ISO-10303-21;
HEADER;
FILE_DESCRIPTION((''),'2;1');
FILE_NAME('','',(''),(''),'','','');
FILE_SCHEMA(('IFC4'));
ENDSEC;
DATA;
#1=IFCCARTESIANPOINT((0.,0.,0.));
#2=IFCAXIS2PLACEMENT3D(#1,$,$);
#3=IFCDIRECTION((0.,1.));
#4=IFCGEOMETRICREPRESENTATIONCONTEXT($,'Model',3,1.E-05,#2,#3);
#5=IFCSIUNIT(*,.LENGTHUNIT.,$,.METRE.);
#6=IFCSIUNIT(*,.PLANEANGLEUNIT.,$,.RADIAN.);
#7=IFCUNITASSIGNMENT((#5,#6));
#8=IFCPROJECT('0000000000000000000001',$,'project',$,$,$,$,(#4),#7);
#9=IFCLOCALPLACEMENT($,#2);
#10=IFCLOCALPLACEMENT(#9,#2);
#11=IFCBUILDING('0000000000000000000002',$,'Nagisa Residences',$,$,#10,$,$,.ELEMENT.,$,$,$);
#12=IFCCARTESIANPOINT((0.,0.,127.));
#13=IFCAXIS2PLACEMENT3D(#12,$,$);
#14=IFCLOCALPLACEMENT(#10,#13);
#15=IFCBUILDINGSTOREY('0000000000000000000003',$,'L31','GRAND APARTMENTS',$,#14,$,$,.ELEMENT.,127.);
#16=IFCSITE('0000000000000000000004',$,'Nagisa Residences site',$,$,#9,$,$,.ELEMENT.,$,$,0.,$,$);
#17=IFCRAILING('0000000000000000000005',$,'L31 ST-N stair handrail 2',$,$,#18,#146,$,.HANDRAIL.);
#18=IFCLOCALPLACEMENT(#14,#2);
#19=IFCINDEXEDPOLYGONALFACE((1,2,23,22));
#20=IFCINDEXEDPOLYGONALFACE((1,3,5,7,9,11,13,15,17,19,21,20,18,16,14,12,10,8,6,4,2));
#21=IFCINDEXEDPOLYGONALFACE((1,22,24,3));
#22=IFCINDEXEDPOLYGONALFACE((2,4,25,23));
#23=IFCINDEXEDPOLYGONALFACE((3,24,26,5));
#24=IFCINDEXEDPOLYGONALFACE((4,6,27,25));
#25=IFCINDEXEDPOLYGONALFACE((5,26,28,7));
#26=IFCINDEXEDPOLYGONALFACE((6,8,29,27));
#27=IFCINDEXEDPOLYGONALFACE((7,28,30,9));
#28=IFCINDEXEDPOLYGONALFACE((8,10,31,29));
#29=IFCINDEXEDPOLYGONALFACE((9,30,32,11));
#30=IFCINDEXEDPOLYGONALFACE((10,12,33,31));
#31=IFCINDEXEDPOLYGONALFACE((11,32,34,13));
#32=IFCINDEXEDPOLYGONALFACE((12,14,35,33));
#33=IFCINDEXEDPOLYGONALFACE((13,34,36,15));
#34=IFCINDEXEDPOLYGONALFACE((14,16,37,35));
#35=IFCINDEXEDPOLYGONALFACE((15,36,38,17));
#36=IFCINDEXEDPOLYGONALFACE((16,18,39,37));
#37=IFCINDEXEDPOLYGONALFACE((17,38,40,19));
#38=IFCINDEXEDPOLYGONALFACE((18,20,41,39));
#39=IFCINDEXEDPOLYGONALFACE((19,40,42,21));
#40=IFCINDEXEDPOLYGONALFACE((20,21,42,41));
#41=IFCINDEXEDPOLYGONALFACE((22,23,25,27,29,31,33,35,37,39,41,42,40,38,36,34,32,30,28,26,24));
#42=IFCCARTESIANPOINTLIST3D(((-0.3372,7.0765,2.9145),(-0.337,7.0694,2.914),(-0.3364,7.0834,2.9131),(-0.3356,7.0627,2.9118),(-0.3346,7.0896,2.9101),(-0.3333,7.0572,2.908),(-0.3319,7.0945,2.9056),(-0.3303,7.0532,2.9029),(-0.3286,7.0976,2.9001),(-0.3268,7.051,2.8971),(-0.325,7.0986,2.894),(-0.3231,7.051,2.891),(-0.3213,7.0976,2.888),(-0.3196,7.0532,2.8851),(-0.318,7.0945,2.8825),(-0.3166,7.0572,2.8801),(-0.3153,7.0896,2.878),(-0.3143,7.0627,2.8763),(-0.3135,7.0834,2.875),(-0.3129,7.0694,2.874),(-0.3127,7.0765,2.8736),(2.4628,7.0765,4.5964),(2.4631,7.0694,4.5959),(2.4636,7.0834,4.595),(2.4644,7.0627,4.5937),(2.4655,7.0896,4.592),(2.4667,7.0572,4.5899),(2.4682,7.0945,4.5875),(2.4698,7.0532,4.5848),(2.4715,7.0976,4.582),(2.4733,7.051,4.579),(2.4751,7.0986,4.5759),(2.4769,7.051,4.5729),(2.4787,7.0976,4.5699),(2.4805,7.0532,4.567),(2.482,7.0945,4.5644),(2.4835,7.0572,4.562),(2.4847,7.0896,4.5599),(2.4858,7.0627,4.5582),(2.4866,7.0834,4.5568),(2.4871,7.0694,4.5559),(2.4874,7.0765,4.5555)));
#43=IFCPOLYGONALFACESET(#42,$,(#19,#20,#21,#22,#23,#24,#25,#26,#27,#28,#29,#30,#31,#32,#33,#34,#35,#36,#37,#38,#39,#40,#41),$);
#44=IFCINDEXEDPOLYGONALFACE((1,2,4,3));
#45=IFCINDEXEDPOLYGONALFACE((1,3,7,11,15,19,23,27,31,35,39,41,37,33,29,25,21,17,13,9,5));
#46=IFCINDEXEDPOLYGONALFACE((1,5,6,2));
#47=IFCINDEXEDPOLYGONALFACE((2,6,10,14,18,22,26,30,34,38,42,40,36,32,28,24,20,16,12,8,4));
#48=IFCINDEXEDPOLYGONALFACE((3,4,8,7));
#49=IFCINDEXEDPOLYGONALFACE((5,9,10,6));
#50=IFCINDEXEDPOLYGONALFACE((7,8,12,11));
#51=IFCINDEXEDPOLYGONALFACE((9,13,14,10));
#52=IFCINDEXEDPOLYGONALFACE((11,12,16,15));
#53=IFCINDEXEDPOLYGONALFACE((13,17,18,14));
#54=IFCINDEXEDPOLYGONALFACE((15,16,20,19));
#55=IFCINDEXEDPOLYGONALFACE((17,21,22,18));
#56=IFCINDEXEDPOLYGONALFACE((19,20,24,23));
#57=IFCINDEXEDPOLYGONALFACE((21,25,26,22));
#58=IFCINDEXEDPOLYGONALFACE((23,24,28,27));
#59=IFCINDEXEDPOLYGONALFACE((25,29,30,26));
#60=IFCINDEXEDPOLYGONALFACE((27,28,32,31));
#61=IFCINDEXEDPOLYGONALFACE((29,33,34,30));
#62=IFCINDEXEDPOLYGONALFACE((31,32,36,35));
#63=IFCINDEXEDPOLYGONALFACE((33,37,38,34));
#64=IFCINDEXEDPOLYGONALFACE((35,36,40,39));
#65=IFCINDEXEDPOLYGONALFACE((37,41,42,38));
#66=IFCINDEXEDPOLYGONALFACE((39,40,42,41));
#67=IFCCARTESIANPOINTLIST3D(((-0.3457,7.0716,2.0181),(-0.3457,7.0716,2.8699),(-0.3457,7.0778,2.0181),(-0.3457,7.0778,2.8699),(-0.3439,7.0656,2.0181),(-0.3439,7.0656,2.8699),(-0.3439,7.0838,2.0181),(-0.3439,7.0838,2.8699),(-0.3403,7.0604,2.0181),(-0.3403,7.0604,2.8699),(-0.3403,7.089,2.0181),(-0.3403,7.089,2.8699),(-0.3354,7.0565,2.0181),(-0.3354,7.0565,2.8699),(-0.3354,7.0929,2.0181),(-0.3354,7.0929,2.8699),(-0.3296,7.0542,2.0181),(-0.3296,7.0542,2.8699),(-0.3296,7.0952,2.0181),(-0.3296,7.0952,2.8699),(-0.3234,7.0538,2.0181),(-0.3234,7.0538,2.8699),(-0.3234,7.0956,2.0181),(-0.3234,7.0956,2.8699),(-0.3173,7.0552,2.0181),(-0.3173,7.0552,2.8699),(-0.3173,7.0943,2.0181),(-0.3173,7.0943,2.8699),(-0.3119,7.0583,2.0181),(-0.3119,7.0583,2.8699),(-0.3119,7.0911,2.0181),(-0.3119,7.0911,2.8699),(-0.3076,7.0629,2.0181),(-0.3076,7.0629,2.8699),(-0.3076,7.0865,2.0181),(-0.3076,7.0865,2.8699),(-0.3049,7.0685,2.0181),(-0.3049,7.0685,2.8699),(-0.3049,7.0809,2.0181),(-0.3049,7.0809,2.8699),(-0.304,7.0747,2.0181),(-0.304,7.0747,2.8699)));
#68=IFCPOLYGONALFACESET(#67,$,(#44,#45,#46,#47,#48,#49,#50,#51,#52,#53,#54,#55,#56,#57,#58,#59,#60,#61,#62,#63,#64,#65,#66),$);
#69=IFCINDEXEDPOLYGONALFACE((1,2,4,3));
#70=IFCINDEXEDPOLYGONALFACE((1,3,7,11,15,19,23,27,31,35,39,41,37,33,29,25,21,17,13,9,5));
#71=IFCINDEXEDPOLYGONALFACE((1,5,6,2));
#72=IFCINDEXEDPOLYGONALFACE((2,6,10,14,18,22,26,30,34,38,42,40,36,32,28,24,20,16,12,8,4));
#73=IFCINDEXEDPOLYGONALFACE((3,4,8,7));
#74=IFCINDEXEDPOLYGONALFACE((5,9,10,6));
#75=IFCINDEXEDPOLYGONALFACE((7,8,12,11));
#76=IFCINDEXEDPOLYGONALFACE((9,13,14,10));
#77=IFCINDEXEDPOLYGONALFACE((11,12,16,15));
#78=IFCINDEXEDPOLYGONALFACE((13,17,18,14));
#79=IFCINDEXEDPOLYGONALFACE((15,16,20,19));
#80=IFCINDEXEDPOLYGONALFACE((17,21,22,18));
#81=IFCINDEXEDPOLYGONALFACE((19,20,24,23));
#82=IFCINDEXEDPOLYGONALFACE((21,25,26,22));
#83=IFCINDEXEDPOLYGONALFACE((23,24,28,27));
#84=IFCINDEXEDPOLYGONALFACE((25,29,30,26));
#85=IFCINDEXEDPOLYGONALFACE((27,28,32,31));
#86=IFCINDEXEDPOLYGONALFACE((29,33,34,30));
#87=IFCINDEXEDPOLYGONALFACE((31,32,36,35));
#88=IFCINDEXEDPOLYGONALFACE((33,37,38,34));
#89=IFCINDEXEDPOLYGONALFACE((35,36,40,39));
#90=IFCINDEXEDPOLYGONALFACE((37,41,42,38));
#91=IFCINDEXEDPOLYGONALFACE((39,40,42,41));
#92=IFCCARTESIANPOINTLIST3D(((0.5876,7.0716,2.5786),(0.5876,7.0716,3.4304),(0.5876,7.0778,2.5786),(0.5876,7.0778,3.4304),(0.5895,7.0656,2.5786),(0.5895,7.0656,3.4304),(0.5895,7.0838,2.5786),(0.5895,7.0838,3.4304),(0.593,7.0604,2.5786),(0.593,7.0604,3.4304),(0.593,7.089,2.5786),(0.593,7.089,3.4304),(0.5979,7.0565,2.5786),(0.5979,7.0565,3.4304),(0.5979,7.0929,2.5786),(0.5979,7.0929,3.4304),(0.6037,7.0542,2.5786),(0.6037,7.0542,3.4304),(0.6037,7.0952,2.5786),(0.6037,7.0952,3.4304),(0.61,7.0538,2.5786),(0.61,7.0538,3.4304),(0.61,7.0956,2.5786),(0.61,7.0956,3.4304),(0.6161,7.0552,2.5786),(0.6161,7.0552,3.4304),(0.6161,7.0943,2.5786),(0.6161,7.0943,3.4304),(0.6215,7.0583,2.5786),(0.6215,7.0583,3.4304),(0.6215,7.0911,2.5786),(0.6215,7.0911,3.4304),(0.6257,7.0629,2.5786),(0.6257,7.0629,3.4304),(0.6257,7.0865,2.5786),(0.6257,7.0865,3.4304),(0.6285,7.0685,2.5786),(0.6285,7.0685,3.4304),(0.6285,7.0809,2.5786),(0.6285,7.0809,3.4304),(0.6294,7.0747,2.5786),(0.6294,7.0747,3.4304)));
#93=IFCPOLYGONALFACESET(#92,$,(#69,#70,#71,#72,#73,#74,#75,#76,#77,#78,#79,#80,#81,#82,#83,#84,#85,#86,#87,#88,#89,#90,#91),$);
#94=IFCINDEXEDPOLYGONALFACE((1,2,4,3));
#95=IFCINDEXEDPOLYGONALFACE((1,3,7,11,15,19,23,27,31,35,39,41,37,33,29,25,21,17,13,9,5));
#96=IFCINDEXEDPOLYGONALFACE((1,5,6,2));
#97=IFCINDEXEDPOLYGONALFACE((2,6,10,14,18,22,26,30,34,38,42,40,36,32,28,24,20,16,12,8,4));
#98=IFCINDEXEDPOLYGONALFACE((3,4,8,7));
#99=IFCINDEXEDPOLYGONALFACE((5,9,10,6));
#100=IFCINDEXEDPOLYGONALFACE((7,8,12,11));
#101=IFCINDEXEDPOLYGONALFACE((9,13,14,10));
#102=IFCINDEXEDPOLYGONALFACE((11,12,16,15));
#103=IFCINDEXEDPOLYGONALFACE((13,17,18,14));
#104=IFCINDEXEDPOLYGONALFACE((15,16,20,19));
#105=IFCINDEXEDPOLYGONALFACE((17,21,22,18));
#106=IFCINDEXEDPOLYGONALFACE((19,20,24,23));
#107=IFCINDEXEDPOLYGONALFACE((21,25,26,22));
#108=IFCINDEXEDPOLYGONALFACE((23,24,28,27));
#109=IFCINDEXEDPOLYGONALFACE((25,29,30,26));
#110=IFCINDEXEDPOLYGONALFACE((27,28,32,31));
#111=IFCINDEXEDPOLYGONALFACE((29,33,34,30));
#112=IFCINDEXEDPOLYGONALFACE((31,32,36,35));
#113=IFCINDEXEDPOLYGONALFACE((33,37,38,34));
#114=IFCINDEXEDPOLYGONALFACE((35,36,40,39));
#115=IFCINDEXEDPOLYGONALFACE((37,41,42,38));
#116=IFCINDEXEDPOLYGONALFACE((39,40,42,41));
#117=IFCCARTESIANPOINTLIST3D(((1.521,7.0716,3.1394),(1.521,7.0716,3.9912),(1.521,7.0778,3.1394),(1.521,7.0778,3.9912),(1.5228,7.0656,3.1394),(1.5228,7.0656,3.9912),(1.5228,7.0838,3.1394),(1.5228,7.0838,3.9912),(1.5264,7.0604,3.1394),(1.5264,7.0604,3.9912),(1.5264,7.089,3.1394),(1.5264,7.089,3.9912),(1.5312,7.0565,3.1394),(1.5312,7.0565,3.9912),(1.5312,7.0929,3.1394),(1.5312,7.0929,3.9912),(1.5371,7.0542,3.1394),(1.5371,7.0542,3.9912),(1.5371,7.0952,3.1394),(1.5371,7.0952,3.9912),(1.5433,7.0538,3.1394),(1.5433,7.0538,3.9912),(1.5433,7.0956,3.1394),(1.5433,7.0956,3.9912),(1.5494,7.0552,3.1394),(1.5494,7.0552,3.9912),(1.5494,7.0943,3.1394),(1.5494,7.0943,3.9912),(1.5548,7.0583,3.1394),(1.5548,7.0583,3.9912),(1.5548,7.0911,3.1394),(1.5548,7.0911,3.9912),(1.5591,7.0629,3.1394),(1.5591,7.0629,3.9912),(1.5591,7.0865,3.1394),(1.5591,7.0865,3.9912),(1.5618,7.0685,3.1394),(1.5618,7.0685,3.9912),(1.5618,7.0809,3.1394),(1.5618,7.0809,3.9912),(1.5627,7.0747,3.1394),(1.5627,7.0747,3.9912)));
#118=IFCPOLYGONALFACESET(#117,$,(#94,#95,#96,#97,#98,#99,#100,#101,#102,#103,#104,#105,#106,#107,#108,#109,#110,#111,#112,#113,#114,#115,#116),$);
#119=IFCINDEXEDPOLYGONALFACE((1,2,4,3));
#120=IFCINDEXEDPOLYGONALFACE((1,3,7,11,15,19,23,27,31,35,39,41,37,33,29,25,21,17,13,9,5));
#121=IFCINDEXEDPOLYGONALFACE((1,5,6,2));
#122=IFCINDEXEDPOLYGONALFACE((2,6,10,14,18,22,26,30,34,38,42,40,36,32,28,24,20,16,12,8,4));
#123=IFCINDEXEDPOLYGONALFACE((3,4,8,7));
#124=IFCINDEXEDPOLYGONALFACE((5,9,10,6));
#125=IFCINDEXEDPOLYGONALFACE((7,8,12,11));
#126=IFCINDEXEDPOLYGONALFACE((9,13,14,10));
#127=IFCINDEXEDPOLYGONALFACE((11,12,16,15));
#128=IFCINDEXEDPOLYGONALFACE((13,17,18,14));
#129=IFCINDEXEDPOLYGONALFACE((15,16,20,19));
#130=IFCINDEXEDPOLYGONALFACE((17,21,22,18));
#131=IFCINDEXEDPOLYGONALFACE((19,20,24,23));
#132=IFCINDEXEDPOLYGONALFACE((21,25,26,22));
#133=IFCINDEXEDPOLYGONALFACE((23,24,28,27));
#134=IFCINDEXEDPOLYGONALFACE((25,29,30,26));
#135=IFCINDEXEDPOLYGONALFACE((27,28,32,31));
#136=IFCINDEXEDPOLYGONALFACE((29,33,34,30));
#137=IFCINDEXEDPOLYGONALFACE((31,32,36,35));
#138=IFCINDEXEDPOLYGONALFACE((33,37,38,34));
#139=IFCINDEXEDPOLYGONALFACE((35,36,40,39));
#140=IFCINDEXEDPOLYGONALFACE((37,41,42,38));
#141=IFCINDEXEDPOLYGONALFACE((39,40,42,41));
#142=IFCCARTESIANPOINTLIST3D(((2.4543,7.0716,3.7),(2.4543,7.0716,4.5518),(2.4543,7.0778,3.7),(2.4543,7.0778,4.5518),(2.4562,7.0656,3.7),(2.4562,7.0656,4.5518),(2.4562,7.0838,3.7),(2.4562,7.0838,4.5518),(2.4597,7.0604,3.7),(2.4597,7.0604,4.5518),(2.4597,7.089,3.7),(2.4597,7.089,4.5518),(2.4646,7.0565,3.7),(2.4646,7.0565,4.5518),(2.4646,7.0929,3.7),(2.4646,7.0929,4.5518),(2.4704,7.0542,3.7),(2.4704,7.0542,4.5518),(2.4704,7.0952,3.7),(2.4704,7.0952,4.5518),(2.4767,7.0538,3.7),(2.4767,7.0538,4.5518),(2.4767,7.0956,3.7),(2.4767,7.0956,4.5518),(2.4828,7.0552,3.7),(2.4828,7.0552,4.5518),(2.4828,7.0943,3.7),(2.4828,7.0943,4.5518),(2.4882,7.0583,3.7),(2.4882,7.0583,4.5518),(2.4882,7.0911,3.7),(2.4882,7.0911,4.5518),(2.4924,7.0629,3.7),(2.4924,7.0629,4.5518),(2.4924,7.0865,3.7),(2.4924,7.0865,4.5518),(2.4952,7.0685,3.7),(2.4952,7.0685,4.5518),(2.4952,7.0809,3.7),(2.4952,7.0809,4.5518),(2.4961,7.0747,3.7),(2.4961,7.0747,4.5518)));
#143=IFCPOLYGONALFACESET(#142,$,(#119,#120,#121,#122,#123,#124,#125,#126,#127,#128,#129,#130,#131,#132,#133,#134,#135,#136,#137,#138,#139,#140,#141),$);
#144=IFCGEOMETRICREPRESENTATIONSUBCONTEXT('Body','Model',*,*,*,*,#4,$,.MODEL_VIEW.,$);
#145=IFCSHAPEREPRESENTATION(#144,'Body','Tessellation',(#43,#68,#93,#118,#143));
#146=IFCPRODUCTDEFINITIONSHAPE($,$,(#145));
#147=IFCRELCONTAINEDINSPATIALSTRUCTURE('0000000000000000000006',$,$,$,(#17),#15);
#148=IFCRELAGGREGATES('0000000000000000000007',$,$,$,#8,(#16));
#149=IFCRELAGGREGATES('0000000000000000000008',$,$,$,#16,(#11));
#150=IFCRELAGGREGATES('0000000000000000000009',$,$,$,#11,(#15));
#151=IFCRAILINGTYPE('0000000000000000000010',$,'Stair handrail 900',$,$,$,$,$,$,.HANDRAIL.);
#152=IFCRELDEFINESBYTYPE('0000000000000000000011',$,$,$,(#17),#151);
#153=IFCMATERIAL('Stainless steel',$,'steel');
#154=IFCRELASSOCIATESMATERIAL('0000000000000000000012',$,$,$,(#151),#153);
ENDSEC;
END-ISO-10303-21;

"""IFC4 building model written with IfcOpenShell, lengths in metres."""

from ifc_helpers import new_model, si_unit, direction, frame, origin, origin_2d, place, context, subcontext, project, spatial, circle, extrude, material, type_object, element, save


model = new_model("IFC4")

# Units and contexts
model_context = context("Model", 3, precision=1e-05, world=origin(), true_north=direction((0.0, 1.0)))
body_context = subcontext(model_context, "Body", "Model", "MODEL_VIEW")
ifc_project = project(units=[si_unit("LENGTHUNIT", "METRE"), si_unit("PLANEANGLEUNIT", "RADIAN")], contexts=[model_context])

# Site, building, storey
site_placement = place(None, origin())
site = spatial("IfcSite", under=ifc_project, at=site_placement, Name="Nagisa Residences site", CompositionType="ELEMENT", RefElevation=0.0)
building_placement = place(site_placement, origin())
building = spatial("IfcBuilding", under=site, at=building_placement, Name="Nagisa Residences", CompositionType="ELEMENT")
storey_placement = place(building_placement, frame((0.0, 0.0, 127.0)))
storey = spatial("IfcBuildingStorey", under=building, at=storey_placement, Name="L31", Description="GRAND APARTMENTS", CompositionType="ELEMENT", Elevation=127.0)

# Railing
ifc_material_1 = material(Name="Stainless steel", Category="steel")
railing_type = type_object("IfcRailingType", Name="Stair handrail 900", PredefinedType="HANDRAIL", material=ifc_material_1)
railing_placement = place(storey_placement, frame((-0.325, 7.0747, 2.0181)))
element("IfcRailing", 1, at=railing_placement, inside=storey, type_object=railing_type, Name="L31 ST-N stair handrail 2", PredefinedType="HANDRAIL", context=body_context, shape_type="SweptSolid", body=[
    extrude(circle(Radius=0.0239, at=origin_2d()), frame((0.0, 0.0, 0.876), z_axis=(0.857242, 0.0, 0.514913), x_axis=(0.0, 1.0, 0.0)), (0.0, 0.0, 1.0), 3.2664),
    extrude(circle(Radius=0.021, at=origin_2d()), origin(), (0.0, 0.0, 1.0), 0.8518),
    extrude(circle(Radius=0.021, at=origin_2d()), frame((0.9333, 0.0, 0.5605)), (0.0, 0.0, 1.0), 0.8518),
    extrude(circle(Radius=0.021, at=origin_2d()), frame((1.8667, 0.0, 1.1213)), (0.0, 0.0, 1.0), 0.8518),
    extrude(circle(Radius=0.021, at=origin_2d()), frame((2.8, 0.0, 1.6819)), (0.0, 0.0, 1.0), 0.8518),
])

save(model, "model.ifc")
